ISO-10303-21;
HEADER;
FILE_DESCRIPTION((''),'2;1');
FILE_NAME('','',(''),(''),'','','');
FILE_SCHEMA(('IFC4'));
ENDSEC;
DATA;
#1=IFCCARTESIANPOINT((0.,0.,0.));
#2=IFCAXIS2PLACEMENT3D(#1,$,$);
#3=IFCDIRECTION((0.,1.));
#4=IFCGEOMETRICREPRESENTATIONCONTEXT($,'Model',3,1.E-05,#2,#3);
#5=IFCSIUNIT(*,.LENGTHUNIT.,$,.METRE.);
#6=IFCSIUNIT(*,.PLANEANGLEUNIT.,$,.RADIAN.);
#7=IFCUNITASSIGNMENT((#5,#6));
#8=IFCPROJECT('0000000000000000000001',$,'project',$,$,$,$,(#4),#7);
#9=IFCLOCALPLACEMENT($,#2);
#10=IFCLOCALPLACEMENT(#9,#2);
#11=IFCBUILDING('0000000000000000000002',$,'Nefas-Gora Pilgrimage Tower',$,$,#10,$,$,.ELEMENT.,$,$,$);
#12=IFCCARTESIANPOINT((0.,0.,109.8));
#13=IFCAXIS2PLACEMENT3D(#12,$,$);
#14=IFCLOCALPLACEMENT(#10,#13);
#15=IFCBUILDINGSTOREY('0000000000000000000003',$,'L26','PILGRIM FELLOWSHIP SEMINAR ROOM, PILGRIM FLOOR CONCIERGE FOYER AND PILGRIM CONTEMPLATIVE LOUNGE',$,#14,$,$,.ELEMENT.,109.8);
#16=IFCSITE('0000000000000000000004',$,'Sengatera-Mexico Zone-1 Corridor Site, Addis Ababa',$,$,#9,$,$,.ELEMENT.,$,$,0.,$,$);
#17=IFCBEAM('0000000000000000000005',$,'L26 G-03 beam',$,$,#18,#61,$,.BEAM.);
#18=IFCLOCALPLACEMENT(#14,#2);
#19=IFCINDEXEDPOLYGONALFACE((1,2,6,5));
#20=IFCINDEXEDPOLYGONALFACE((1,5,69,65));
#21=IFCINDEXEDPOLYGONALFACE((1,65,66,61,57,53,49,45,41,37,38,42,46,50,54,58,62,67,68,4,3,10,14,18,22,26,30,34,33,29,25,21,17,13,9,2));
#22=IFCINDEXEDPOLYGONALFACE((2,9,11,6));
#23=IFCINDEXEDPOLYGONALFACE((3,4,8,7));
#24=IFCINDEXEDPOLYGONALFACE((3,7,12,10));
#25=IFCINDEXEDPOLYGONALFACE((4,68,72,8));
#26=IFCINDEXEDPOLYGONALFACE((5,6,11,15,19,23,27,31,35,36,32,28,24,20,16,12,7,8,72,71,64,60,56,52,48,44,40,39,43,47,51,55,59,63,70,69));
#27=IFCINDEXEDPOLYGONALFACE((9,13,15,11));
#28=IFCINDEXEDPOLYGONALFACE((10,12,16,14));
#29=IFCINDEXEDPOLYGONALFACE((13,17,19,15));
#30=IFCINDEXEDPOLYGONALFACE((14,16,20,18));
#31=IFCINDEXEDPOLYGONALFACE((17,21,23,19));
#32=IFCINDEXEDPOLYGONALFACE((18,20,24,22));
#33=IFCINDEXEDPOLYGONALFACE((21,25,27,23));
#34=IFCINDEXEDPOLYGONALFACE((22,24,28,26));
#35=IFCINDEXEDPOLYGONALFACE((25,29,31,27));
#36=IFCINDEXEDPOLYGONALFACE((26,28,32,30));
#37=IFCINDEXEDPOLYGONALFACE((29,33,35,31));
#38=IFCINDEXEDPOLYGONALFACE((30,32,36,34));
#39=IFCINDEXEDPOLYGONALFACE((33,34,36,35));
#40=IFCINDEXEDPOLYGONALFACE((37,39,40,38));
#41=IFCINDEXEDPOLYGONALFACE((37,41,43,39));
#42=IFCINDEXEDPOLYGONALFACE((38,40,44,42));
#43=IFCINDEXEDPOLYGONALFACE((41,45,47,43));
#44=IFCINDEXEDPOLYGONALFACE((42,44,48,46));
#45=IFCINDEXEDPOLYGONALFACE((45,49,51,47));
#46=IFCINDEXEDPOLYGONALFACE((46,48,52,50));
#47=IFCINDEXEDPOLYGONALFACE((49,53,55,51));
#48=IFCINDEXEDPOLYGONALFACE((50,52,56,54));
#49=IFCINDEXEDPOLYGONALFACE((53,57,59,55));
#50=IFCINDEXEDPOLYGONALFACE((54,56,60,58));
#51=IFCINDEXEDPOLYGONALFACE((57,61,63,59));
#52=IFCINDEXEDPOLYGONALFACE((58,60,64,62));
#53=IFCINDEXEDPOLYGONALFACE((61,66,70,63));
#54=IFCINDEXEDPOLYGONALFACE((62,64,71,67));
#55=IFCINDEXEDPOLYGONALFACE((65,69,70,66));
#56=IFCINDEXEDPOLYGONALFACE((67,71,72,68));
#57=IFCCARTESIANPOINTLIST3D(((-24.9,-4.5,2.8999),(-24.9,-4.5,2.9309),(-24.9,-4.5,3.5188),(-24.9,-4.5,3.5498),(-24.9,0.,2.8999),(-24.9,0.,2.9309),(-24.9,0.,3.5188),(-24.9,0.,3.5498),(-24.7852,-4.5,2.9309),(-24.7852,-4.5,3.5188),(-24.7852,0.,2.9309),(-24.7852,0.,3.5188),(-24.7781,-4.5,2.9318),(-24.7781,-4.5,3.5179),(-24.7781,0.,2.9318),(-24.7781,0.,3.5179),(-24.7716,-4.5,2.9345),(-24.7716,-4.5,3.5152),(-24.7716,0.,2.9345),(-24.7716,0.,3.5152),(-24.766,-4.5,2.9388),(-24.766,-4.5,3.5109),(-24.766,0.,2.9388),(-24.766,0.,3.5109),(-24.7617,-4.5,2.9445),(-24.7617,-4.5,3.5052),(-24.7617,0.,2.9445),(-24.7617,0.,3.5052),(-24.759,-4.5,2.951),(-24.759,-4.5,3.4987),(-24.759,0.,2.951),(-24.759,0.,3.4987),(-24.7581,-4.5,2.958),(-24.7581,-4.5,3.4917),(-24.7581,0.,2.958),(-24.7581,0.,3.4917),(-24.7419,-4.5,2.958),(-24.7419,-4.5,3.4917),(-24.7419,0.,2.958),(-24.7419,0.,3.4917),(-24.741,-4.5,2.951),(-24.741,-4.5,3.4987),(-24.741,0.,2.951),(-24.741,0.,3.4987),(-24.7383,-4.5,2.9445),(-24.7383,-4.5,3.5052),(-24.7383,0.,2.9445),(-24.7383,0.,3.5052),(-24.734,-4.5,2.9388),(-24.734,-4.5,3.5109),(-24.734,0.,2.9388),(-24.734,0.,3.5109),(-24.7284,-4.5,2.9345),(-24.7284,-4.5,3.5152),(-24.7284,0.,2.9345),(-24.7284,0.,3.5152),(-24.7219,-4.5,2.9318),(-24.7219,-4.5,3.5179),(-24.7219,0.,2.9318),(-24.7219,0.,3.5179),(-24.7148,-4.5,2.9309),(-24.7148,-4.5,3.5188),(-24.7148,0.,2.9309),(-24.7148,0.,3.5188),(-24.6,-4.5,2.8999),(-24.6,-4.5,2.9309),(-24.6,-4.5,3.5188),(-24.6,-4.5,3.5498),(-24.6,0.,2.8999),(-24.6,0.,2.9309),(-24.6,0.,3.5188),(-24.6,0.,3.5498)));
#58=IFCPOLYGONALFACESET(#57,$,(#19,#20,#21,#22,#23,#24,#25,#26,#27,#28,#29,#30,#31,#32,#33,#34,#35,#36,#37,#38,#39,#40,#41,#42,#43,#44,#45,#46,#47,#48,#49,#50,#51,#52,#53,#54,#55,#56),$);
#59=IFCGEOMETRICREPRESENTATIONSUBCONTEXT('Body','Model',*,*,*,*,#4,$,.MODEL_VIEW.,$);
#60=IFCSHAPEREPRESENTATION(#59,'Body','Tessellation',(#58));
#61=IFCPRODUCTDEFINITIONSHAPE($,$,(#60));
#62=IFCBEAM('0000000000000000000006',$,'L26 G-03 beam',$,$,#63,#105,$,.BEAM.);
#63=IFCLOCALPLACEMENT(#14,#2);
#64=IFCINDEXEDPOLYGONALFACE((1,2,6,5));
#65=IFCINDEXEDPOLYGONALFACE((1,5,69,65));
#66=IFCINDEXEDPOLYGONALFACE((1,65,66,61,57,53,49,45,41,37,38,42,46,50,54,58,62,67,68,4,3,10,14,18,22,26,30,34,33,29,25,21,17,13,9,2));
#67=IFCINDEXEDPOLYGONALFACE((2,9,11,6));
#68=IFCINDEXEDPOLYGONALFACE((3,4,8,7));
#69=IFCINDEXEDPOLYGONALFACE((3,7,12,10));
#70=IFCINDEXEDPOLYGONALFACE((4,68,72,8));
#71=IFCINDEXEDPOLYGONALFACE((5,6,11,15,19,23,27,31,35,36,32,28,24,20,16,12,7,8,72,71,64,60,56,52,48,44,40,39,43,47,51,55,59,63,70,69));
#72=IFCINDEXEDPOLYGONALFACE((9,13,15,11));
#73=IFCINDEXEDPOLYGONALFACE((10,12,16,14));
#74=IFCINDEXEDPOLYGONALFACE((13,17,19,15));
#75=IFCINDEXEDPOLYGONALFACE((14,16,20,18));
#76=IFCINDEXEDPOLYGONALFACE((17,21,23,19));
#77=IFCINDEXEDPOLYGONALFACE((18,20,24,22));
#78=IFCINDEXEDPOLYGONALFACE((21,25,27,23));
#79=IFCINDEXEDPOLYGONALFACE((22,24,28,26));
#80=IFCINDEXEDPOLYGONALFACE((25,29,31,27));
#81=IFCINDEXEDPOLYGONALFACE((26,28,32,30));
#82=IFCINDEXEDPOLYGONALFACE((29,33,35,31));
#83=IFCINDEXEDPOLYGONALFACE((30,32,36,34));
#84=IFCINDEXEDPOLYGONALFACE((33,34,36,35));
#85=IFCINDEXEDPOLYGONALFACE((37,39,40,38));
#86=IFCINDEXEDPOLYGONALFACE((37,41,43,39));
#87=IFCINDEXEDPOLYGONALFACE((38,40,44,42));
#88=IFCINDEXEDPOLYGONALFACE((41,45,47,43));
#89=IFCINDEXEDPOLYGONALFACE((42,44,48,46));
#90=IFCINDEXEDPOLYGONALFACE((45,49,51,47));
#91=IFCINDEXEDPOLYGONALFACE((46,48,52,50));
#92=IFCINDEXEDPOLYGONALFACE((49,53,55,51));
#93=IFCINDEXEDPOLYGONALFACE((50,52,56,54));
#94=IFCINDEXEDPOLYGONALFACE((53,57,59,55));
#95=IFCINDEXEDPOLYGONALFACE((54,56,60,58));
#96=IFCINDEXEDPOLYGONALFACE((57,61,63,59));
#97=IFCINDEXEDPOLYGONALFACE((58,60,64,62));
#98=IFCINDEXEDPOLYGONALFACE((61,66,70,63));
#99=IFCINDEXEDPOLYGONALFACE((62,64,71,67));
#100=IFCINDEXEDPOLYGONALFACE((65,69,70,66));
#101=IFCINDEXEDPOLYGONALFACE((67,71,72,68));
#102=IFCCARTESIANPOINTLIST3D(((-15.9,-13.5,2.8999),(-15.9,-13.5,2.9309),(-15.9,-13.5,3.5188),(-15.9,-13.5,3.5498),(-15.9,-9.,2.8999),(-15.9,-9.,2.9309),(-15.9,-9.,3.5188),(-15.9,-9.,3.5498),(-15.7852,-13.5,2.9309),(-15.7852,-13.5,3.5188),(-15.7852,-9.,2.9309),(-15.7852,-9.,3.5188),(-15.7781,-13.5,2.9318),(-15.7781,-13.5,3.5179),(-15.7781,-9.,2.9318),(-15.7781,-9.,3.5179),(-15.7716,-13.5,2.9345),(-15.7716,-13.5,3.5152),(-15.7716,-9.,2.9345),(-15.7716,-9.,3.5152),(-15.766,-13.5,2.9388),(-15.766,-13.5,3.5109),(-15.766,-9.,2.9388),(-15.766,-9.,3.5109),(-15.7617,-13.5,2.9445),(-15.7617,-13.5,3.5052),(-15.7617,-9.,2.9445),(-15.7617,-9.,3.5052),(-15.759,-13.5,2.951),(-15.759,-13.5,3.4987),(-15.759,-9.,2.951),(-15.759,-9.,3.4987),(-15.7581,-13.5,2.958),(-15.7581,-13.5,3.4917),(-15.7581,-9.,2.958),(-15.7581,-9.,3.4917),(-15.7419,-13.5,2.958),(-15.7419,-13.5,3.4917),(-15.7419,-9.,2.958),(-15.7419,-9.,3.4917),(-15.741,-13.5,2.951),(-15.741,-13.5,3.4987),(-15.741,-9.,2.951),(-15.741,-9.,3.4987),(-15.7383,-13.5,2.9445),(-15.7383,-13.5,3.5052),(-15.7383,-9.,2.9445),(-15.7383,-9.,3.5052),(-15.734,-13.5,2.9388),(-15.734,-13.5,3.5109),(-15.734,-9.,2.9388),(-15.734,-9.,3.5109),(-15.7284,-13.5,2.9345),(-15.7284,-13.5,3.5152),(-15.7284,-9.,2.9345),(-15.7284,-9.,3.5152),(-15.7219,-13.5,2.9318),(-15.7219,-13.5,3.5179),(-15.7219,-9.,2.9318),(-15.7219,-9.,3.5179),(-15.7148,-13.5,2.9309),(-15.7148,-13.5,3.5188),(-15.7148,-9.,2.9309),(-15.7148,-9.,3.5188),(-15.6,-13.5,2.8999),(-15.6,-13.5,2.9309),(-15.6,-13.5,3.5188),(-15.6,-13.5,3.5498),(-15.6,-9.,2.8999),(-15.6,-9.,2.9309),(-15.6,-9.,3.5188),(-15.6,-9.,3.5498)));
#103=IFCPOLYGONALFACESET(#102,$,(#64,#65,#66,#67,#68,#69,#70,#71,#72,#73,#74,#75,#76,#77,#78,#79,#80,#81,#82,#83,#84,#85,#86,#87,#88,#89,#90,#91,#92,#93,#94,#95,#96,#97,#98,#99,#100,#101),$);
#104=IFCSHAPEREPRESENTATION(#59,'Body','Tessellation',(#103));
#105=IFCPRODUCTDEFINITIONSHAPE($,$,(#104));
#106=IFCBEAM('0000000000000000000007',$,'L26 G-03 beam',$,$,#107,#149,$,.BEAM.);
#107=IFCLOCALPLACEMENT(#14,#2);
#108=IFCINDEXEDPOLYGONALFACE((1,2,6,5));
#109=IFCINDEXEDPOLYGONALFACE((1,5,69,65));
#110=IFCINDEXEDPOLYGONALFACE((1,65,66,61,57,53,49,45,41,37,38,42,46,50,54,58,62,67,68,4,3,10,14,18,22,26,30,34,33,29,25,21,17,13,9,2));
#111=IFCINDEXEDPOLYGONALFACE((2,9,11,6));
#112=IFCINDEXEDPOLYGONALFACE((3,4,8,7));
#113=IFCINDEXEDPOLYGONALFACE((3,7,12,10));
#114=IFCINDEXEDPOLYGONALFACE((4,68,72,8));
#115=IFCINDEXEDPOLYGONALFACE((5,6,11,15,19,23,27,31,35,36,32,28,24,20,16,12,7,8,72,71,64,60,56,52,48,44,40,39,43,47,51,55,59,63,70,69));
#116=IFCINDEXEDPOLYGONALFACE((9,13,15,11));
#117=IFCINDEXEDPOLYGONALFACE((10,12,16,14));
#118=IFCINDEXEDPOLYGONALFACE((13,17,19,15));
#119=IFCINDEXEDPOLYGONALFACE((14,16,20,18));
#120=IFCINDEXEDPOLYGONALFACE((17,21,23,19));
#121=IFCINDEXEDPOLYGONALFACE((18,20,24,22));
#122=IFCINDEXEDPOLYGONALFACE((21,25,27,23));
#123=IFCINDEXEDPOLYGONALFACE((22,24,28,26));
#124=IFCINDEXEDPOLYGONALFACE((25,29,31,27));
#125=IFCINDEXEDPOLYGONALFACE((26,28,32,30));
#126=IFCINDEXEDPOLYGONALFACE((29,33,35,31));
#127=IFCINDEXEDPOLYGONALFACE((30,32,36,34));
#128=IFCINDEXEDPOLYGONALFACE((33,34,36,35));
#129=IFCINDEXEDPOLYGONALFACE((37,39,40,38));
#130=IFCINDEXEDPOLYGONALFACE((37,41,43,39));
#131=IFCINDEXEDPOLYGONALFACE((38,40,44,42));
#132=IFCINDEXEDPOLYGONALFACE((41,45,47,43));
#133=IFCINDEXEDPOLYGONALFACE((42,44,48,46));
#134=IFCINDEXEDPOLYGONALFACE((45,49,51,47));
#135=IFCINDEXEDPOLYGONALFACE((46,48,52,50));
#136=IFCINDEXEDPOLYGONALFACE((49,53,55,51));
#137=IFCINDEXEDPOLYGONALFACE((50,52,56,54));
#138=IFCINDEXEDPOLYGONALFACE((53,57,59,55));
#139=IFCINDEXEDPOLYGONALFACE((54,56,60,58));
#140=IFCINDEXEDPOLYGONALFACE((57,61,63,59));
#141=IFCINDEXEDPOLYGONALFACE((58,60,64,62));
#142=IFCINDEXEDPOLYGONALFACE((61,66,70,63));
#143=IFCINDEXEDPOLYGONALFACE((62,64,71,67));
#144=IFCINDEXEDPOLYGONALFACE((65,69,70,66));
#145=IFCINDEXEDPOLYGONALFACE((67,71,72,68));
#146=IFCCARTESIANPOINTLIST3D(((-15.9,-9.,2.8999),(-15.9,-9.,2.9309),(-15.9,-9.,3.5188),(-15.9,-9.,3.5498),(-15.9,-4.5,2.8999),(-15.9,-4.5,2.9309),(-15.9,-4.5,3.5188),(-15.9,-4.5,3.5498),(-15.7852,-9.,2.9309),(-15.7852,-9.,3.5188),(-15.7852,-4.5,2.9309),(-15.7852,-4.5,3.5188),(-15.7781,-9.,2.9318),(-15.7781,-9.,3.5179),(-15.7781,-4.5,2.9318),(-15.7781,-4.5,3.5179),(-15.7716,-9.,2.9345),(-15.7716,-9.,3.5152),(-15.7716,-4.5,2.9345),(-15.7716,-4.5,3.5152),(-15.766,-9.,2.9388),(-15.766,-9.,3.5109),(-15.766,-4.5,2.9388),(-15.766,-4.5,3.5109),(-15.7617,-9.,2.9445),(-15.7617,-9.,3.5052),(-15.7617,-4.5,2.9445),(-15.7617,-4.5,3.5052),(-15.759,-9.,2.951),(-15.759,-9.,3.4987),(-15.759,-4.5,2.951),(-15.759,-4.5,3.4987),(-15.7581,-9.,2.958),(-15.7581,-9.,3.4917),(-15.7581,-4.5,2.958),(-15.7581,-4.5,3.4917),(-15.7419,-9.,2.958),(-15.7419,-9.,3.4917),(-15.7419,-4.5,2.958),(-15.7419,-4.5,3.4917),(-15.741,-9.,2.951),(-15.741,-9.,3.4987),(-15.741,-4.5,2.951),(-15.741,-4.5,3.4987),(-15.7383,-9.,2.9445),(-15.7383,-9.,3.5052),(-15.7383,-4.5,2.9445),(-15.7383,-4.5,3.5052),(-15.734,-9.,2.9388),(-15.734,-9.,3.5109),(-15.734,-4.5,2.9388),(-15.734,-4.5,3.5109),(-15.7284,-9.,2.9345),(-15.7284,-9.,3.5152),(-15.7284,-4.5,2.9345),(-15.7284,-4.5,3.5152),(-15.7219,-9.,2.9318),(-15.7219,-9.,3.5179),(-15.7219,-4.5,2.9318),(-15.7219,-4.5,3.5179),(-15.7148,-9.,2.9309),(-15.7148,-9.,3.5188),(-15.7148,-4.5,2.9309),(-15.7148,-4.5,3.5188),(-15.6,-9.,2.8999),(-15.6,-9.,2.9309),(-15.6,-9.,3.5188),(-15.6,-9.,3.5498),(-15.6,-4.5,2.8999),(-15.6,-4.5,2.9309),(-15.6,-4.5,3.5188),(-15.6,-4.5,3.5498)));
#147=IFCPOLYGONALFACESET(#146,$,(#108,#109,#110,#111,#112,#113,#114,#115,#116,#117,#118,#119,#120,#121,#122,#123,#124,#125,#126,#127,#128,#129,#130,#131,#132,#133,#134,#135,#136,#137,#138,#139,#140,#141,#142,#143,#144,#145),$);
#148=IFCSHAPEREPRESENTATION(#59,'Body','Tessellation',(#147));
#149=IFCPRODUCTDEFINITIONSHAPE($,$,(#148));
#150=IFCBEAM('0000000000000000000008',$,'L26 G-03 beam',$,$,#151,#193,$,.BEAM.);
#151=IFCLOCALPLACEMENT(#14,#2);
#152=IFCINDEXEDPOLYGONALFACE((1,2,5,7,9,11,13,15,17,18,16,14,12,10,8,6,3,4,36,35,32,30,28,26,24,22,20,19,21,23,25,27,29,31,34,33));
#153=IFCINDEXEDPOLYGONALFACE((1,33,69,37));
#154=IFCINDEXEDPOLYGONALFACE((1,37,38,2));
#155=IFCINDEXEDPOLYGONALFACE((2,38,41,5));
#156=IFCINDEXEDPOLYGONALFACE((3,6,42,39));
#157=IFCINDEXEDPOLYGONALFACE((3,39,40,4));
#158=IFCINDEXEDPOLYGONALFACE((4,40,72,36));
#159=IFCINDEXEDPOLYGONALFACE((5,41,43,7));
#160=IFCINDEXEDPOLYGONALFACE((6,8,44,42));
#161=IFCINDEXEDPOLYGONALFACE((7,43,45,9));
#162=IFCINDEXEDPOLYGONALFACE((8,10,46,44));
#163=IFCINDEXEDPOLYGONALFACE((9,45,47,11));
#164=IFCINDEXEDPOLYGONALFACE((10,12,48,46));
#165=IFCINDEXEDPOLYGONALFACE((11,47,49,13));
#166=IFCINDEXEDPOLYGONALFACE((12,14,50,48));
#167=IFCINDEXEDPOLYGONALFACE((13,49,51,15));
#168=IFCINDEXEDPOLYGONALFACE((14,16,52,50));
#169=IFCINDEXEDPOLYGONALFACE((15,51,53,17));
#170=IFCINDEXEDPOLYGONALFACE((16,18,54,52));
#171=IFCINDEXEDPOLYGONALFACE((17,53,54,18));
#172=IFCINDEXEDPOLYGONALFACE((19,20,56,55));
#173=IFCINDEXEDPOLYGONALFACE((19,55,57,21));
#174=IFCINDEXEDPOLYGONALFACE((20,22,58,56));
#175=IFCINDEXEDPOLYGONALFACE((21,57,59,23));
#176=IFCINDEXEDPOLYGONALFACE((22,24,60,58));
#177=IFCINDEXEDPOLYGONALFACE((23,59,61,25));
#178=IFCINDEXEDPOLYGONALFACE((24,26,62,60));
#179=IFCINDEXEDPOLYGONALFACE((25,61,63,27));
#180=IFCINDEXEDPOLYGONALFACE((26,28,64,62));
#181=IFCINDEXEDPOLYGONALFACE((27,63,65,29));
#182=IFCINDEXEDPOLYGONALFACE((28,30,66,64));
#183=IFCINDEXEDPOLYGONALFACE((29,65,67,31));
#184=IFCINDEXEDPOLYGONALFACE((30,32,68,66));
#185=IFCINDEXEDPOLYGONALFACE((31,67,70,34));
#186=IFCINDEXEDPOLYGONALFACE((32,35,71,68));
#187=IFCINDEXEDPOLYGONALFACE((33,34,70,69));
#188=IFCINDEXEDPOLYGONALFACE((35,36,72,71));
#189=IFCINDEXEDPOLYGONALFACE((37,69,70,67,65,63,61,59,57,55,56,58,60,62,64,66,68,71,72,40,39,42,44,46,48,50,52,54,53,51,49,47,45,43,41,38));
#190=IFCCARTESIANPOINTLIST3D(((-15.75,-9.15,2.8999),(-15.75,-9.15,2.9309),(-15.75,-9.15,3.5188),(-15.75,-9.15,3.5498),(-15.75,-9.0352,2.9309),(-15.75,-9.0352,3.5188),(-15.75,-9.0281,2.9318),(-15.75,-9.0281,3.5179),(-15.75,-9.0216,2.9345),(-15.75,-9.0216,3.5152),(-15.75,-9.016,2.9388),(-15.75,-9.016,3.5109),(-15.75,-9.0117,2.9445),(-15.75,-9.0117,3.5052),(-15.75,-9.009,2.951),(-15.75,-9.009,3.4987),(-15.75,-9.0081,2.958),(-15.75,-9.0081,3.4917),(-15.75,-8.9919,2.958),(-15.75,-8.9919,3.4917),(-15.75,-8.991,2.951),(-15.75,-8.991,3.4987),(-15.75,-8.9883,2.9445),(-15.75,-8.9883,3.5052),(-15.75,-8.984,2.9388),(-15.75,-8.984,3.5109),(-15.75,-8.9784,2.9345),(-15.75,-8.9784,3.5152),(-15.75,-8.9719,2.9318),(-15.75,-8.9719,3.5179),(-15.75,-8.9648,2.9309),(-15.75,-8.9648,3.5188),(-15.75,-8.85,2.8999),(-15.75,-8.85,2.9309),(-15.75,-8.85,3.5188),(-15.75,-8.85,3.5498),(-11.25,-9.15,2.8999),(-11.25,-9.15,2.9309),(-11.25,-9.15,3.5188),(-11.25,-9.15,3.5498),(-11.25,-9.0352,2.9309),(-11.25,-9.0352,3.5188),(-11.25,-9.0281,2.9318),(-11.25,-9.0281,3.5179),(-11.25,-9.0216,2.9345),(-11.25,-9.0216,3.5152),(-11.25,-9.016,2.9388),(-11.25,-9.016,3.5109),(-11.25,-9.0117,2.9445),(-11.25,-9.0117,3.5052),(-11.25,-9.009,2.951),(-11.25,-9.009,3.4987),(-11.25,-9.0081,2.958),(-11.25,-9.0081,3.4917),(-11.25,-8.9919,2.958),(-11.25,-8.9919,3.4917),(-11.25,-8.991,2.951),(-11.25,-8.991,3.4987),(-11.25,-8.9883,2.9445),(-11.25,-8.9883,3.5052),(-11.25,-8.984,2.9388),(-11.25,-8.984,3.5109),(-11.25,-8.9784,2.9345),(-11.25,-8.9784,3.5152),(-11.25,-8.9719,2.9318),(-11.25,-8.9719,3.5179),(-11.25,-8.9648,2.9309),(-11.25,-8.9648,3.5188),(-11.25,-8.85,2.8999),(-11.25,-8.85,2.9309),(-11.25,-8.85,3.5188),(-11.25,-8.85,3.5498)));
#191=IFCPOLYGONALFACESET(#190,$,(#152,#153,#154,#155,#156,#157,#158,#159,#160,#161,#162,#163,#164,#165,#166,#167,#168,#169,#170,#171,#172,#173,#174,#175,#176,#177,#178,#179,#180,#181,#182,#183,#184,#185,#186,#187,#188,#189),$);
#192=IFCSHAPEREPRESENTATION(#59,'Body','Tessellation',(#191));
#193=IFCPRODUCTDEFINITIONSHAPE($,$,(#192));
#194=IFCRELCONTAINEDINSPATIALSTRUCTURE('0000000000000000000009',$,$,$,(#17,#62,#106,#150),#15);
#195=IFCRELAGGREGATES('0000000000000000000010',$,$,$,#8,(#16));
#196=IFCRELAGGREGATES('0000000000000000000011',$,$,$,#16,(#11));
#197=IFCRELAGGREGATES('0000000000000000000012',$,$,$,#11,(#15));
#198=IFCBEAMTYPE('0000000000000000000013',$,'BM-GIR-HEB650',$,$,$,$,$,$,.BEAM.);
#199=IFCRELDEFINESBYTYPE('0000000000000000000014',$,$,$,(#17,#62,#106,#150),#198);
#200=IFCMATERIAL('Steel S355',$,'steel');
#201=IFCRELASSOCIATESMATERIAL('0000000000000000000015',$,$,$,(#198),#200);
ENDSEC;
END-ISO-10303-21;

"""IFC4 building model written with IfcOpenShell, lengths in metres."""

from ifc_helpers import new_model, si_unit, direction, frame, origin, origin_2d, place, context, subcontext, project, spatial, i_section, extrude, source, transform, mapped, material, material_profile, profile_set, type_object, element, save


model = new_model("IFC4")

# Units and contexts
model_context = context("Model", 3, precision=1e-05, world=origin(), true_north=direction((0.0, 1.0)))
body_context = subcontext(model_context, "Body", "Model", "MODEL_VIEW")
ifc_project = project(units=[si_unit("LENGTHUNIT", "METRE"), si_unit("PLANEANGLEUNIT", "RADIAN")], contexts=[model_context])

# Site, building, storey
site_placement = place(None, origin())
site = spatial("IfcSite", under=ifc_project, at=site_placement, Name="Sengatera-Mexico Zone-1 Corridor Site, Addis Ababa", CompositionType="ELEMENT", RefElevation=0.0)
building_placement = place(site_placement, origin())
building = spatial("IfcBuilding", under=site, at=building_placement, Name="Nefas-Gora Pilgrimage Tower", CompositionType="ELEMENT")
storey_placement = place(building_placement, frame((0.0, 0.0, 109.8)))
storey = spatial("IfcBuildingStorey", under=building, at=storey_placement, Name="L26", Description="PILGRIM FELLOWSHIP SEMINAR ROOM, PILGRIM FLOOR CONCIERGE FOYER AND PILGRIM CONTEMPLATIVE LOUNGE", CompositionType="ELEMENT", Elevation=109.8)

# Beams
ifc_material_1 = material(Name="Steel S355", Category="steel")
ifc_material_profile_1 = material_profile(ifc_material_1, i_section(OverallWidth=0.3, OverallDepth=0.6499, WebThickness=0.0161, FlangeThickness=0.031, FilletRadius=0.0271, at=origin_2d()), Name="HEB 650")
ifc_profile_set_1 = profile_set([ifc_material_profile_1], Name="Steel S355")
beam_type = type_object("IfcBeamType", Name="BM-GIR-HEB650", PredefinedType="BEAM", material=ifc_profile_set_1)
shared_shape_1 = source(origin(), body_context, "Body", "SweptSolid", [
    extrude(i_section(OverallWidth=0.3, OverallDepth=0.6499, WebThickness=0.0161, FlangeThickness=0.031, FilletRadius=0.0271, at=origin_2d()), origin(), (0.0, 0.0, 1.0), 4.5),
])
for number, where, z_axis, x_axis, name in (
    (1, (-24.75, -4.5, 3.2249), (0.0, 1.0, 0.0), (-1.0, 0.0, 0.0), "L26 G-03 beam"),
    (2, (-15.75, -13.5, 3.2249), (0.0, 1.0, 0.0), (-1.0, 0.0, 0.0), "L26 G-03 beam"),
    (3, (-15.75, -9.0, 3.2249), (0.0, 1.0, 0.0), (-1.0, 0.0, 0.0), "L26 G-03 beam"),
    (4, (-15.75, -9.0, 3.2249), (1.0, 0.0, 0.0), (0.0, 1.0, 0.0), "L26 G-03 beam"),
):
    element("IfcBeam", number, at=place(storey_placement, frame(where, z_axis=z_axis, x_axis=x_axis)), inside=storey, type_object=beam_type, Name=name, PredefinedType="BEAM", context=body_context, shape_type="MappedRepresentation", body=[
        mapped(shared_shape_1, transform((0.0, 0.0, 0.0), x_axis=(1.0, 0.0, 0.0), y_axis=(0.0, 1.0, 0.0), z_axis=(0.0, 0.0, 1.0), scale=1.0)),
    ])

save(model, "model.ifc")
